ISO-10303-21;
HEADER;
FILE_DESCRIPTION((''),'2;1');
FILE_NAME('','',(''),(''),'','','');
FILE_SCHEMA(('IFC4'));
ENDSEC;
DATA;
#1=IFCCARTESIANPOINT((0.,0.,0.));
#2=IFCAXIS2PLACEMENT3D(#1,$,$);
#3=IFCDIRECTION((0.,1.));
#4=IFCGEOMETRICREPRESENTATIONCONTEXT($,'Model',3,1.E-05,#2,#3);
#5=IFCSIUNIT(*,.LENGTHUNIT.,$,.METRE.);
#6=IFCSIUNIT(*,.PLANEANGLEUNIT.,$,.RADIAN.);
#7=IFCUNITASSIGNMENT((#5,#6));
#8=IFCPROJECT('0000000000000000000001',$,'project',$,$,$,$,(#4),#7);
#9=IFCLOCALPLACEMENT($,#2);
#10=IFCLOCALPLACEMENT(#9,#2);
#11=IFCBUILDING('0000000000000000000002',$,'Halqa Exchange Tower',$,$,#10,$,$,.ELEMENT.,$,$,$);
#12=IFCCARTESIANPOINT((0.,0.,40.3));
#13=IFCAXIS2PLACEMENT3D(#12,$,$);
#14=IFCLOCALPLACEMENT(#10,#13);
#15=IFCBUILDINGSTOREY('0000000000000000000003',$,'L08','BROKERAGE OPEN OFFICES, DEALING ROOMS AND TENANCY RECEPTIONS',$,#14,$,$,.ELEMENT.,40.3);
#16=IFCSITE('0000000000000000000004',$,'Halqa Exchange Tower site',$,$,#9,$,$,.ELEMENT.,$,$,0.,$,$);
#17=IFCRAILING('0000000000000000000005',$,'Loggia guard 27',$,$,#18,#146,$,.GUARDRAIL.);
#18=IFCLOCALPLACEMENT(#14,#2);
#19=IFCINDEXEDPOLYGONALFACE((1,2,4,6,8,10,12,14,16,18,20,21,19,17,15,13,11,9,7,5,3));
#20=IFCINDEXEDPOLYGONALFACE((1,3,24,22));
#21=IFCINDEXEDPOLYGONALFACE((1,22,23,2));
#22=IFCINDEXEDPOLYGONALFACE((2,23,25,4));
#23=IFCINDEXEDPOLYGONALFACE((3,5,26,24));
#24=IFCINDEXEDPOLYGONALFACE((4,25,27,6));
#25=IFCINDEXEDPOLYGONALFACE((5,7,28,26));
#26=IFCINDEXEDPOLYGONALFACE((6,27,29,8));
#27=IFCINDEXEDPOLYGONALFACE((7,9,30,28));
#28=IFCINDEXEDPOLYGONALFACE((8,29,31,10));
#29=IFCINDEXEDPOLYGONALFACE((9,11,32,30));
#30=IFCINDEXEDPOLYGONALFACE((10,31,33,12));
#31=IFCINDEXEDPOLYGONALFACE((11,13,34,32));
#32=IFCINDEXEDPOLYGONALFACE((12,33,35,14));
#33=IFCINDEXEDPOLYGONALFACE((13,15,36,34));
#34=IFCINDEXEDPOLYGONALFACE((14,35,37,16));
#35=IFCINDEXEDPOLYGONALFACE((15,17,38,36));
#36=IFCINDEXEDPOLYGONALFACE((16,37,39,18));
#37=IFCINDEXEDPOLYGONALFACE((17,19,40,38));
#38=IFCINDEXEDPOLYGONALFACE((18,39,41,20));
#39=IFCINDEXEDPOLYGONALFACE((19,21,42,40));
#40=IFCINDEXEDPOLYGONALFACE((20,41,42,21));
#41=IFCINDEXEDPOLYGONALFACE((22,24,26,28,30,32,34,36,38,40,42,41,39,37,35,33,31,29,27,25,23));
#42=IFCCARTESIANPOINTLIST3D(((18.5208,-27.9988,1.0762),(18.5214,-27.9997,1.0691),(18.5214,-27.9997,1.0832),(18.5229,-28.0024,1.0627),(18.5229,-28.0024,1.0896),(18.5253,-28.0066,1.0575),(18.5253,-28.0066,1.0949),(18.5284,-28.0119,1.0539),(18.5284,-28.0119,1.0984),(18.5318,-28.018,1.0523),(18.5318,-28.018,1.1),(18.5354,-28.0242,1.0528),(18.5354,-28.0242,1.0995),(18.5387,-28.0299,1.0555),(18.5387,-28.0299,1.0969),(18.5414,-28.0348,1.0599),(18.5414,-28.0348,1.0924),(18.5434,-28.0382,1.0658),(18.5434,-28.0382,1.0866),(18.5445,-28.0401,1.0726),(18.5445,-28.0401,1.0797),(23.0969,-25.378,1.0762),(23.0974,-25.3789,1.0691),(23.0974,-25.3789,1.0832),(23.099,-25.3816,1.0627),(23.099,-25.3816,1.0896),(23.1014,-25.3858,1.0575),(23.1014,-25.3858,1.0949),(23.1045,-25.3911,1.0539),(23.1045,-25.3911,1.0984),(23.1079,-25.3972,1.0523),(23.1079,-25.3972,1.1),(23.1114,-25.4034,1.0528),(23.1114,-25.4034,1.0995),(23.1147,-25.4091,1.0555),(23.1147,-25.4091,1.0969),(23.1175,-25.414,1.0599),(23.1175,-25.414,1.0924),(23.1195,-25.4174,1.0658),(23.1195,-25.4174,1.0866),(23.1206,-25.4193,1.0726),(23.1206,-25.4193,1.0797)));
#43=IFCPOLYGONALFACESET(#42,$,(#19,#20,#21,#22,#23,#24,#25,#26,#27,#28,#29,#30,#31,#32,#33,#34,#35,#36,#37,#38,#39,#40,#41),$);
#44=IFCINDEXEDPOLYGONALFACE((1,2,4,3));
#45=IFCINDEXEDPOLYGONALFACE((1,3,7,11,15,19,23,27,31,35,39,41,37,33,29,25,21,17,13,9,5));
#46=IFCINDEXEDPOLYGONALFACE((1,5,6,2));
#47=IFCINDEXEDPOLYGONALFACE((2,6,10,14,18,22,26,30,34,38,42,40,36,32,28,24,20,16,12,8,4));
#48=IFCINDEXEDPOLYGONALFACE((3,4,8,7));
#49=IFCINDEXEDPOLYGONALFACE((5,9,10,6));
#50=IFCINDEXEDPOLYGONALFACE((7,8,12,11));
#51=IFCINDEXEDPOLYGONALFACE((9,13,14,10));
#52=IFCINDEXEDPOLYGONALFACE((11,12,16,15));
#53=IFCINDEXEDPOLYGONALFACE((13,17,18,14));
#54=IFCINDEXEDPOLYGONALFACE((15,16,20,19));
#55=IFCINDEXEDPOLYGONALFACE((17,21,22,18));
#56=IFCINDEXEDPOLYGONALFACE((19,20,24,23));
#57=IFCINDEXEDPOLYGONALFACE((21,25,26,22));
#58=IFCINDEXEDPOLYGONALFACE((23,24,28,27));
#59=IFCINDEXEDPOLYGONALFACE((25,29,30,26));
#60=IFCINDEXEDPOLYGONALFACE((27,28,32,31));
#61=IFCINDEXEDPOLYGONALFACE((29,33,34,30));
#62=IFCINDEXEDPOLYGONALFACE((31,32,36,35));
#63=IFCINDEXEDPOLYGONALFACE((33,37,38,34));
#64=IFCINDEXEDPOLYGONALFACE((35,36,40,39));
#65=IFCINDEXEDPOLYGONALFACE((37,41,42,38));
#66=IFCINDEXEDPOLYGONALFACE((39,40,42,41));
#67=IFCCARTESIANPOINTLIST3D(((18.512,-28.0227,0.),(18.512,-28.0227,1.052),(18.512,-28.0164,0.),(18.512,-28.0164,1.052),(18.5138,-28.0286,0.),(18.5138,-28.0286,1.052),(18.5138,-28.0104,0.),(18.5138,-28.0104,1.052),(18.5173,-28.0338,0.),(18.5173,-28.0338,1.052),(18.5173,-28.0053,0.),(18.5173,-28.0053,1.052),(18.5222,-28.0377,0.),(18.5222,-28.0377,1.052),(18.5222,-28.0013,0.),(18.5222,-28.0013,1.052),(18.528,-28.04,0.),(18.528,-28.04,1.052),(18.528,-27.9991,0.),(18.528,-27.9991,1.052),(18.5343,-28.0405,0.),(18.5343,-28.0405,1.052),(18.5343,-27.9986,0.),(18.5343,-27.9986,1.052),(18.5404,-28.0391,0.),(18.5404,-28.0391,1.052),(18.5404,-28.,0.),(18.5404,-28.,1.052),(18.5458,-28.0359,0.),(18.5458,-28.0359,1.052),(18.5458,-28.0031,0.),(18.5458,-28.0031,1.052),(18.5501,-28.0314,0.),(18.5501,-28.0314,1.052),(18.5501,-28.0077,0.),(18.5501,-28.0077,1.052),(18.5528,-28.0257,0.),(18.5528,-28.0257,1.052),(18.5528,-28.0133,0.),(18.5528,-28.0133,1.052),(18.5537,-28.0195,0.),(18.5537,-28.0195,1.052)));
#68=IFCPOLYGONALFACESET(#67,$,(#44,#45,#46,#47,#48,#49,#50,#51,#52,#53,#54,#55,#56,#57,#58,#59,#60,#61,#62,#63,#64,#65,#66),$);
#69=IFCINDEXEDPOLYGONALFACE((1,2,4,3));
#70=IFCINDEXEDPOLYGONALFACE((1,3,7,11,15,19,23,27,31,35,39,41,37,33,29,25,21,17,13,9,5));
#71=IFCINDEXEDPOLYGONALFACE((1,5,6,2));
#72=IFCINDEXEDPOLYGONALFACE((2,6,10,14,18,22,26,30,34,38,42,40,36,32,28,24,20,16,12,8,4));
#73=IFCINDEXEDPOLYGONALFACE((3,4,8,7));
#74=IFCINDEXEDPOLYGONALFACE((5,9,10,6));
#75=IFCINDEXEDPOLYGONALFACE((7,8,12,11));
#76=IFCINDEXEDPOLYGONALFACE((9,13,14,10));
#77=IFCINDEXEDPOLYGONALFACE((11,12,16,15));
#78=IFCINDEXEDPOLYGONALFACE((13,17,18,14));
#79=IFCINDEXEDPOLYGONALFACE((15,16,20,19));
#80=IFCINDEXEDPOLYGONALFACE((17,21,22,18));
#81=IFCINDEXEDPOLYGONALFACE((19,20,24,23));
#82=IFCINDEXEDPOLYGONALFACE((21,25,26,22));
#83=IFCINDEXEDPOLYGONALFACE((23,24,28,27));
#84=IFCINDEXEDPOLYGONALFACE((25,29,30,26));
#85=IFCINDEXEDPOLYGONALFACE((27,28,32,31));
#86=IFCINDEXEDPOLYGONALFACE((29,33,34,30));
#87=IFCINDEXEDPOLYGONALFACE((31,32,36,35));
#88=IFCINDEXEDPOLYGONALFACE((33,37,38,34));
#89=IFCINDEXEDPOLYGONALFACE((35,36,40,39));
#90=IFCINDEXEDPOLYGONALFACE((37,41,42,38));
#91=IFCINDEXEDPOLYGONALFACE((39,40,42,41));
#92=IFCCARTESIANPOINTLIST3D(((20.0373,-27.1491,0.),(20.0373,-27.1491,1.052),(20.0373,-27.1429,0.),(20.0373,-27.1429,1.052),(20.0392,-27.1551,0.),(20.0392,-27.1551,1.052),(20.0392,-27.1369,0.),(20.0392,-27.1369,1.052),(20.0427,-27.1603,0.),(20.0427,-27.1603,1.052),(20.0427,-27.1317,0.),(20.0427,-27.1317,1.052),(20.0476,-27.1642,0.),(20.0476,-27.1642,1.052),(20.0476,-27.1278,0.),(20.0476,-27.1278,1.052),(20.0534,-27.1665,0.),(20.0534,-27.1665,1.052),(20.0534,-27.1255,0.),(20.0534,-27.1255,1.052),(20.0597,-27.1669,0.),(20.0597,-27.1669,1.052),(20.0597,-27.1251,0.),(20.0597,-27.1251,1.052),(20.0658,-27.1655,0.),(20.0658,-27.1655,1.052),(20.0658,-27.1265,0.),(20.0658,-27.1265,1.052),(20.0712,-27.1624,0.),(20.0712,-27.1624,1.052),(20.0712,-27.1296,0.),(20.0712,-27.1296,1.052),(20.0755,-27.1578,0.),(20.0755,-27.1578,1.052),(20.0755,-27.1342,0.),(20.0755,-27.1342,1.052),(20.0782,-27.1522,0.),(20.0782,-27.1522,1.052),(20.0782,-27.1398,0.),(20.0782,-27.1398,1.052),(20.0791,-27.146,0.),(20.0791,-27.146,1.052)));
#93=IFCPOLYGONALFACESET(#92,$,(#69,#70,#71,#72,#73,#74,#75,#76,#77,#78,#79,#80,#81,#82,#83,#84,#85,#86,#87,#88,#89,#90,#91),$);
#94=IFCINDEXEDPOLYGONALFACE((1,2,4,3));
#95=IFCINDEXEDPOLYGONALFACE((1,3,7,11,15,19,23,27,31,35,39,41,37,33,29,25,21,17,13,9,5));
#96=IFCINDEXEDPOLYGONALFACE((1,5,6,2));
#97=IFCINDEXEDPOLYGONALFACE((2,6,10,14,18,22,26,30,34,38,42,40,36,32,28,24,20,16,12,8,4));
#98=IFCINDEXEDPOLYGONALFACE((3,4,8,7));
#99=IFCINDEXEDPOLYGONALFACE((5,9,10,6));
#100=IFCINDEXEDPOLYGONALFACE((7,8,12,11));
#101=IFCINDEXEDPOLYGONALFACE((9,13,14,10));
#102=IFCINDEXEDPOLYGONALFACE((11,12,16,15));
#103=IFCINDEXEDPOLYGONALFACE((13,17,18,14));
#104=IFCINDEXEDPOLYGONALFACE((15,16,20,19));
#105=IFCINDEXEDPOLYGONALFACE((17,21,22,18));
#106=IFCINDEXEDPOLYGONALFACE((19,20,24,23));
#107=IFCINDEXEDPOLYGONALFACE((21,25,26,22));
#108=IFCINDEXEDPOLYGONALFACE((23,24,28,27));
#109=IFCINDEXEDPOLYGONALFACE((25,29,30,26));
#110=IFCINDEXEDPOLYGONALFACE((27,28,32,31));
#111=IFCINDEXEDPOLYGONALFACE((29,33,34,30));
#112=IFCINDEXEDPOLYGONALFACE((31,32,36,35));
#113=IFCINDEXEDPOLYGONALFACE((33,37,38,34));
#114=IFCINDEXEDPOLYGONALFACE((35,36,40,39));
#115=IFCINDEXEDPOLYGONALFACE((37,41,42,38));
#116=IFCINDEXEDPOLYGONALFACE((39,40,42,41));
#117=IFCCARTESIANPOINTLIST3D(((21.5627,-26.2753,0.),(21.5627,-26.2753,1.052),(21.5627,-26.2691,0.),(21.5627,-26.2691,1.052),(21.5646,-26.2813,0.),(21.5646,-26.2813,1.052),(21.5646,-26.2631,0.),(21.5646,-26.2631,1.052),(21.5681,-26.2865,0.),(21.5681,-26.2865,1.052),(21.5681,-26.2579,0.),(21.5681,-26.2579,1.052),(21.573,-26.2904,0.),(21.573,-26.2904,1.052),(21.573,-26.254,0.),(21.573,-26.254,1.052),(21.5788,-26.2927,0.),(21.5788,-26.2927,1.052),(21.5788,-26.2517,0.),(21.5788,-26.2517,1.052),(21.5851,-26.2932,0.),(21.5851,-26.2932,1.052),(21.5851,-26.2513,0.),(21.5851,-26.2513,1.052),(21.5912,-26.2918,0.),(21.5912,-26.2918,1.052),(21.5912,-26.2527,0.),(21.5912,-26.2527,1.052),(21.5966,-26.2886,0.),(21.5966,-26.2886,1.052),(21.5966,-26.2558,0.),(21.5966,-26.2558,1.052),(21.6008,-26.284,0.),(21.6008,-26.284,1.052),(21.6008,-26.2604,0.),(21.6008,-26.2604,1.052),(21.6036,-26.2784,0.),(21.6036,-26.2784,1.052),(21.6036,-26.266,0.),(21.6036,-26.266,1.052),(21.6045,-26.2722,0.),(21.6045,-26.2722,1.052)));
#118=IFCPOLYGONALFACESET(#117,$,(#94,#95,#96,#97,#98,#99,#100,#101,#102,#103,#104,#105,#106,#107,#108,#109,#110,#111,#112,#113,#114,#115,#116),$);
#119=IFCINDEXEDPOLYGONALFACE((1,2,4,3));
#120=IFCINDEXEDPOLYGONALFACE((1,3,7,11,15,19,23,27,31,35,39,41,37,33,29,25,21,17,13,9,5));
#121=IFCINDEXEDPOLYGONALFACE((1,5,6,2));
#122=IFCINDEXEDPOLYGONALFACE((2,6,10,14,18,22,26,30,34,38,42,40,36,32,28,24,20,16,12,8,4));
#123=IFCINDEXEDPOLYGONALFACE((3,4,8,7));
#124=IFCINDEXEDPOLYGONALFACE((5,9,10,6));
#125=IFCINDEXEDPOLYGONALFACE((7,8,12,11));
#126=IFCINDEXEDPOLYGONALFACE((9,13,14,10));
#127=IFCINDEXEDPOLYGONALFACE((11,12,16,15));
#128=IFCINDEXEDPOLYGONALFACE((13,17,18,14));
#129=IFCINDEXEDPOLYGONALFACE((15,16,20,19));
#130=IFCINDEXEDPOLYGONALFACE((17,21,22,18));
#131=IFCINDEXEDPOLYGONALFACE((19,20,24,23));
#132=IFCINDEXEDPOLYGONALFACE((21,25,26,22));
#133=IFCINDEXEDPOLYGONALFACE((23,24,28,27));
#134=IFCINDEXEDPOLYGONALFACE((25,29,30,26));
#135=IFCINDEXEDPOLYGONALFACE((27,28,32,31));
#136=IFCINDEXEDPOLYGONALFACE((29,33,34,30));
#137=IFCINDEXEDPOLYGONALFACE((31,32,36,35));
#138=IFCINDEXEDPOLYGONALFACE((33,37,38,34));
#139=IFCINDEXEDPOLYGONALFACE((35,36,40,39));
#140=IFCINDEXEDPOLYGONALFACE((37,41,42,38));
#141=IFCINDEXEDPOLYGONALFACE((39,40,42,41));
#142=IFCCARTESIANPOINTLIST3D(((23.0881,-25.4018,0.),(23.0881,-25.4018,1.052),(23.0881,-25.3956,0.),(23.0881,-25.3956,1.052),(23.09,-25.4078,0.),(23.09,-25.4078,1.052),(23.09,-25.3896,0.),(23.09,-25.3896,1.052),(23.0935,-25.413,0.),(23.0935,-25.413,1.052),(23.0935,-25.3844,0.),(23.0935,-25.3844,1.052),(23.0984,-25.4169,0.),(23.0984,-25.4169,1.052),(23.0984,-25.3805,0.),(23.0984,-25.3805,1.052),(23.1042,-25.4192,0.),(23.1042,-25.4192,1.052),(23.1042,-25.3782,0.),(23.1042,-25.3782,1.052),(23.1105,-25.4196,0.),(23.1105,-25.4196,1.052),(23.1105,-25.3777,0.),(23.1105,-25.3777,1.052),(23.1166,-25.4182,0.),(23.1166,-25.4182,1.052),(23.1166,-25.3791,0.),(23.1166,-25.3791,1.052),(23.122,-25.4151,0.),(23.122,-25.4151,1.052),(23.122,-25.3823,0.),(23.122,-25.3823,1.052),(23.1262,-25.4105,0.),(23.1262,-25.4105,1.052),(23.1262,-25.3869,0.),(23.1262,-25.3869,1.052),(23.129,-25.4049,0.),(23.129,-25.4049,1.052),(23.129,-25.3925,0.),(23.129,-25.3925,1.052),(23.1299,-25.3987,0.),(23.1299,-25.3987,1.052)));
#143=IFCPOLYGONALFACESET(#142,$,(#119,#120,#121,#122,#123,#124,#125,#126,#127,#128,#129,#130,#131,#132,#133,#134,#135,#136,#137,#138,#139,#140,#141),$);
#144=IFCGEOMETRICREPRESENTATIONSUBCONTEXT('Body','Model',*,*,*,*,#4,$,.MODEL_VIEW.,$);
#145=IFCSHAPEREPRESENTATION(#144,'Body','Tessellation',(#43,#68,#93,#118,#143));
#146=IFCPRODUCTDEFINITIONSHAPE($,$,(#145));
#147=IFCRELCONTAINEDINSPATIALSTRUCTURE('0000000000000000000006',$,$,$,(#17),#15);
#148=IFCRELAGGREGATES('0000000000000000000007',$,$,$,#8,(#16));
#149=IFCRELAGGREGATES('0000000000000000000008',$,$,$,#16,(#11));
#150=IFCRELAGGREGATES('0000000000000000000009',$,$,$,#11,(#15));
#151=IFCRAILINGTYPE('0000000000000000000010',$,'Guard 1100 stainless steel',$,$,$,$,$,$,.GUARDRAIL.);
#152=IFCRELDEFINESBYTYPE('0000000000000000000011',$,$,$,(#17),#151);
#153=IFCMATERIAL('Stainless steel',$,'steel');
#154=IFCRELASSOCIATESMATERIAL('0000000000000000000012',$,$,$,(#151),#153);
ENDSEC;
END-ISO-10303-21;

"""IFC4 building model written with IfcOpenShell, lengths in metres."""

from ifc_helpers import new_model, si_unit, direction, frame, origin, origin_2d, place, context, subcontext, project, spatial, circle, extrude, material, type_object, element, save


model = new_model("IFC4")

# Units and contexts
model_context = context("Model", 3, precision=1e-05, world=origin(), true_north=direction((0.0, 1.0)))
body_context = subcontext(model_context, "Body", "Model", "MODEL_VIEW")
ifc_project = project(units=[si_unit("LENGTHUNIT", "METRE"), si_unit("PLANEANGLEUNIT", "RADIAN")], contexts=[model_context])

# Site, building, storey
site_placement = place(None, origin())
site = spatial("IfcSite", under=ifc_project, at=site_placement, Name="Halqa Exchange Tower site", CompositionType="ELEMENT", RefElevation=0.0)
building_placement = place(site_placement, origin())
building = spatial("IfcBuilding", under=site, at=building_placement, Name="Halqa Exchange Tower", CompositionType="ELEMENT")
storey_placement = place(building_placement, frame((0.0, 0.0, 40.3)))
storey = spatial("IfcBuildingStorey", under=building, at=storey_placement, Name="L08", Description="BROKERAGE OPEN OFFICES, DEALING ROOMS AND TENANCY RECEPTIONS", CompositionType="ELEMENT", Elevation=40.3)

# Railing
ifc_material_1 = material(Name="Stainless steel", Category="steel")
railing_type = type_object("IfcRailingType", Name="Guard 1100 stainless steel", PredefinedType="GUARDRAIL", material=ifc_material_1)
railing_1_placement = place(storey_placement, frame((18.5327, -28.0195, 0.0)))
element("IfcRailing", 1, at=railing_1_placement, inside=storey, type_object=railing_type, Name="Loggia guard 27", PredefinedType="GUARDRAIL", context=body_context, shape_type="SweptSolid", body=[
    extrude(circle(Radius=0.0239, at=origin_2d()), frame((0.0, 0.0, 1.0762), z_axis=(0.867761, 0.496981, 0.0), x_axis=(-0.496981, 0.867761, 0.0)), (0.0, 0.0, 1.0), 5.2734),
    extrude(circle(Radius=0.021, at=origin_2d()), origin(), (0.0, 0.0, 1.0), 1.052),
    extrude(circle(Radius=0.021, at=origin_2d()), frame((1.5254, 0.8735, 0.0)), (0.0, 0.0, 1.0), 1.052),
    extrude(circle(Radius=0.021, at=origin_2d()), frame((3.0508, 1.7473, 0.0)), (0.0, 0.0, 1.0), 1.052),
    extrude(circle(Radius=0.021, at=origin_2d()), frame((4.5762, 2.6208, 0.0)), (0.0, 0.0, 1.0), 1.052),
])

save(model, "model.ifc")
